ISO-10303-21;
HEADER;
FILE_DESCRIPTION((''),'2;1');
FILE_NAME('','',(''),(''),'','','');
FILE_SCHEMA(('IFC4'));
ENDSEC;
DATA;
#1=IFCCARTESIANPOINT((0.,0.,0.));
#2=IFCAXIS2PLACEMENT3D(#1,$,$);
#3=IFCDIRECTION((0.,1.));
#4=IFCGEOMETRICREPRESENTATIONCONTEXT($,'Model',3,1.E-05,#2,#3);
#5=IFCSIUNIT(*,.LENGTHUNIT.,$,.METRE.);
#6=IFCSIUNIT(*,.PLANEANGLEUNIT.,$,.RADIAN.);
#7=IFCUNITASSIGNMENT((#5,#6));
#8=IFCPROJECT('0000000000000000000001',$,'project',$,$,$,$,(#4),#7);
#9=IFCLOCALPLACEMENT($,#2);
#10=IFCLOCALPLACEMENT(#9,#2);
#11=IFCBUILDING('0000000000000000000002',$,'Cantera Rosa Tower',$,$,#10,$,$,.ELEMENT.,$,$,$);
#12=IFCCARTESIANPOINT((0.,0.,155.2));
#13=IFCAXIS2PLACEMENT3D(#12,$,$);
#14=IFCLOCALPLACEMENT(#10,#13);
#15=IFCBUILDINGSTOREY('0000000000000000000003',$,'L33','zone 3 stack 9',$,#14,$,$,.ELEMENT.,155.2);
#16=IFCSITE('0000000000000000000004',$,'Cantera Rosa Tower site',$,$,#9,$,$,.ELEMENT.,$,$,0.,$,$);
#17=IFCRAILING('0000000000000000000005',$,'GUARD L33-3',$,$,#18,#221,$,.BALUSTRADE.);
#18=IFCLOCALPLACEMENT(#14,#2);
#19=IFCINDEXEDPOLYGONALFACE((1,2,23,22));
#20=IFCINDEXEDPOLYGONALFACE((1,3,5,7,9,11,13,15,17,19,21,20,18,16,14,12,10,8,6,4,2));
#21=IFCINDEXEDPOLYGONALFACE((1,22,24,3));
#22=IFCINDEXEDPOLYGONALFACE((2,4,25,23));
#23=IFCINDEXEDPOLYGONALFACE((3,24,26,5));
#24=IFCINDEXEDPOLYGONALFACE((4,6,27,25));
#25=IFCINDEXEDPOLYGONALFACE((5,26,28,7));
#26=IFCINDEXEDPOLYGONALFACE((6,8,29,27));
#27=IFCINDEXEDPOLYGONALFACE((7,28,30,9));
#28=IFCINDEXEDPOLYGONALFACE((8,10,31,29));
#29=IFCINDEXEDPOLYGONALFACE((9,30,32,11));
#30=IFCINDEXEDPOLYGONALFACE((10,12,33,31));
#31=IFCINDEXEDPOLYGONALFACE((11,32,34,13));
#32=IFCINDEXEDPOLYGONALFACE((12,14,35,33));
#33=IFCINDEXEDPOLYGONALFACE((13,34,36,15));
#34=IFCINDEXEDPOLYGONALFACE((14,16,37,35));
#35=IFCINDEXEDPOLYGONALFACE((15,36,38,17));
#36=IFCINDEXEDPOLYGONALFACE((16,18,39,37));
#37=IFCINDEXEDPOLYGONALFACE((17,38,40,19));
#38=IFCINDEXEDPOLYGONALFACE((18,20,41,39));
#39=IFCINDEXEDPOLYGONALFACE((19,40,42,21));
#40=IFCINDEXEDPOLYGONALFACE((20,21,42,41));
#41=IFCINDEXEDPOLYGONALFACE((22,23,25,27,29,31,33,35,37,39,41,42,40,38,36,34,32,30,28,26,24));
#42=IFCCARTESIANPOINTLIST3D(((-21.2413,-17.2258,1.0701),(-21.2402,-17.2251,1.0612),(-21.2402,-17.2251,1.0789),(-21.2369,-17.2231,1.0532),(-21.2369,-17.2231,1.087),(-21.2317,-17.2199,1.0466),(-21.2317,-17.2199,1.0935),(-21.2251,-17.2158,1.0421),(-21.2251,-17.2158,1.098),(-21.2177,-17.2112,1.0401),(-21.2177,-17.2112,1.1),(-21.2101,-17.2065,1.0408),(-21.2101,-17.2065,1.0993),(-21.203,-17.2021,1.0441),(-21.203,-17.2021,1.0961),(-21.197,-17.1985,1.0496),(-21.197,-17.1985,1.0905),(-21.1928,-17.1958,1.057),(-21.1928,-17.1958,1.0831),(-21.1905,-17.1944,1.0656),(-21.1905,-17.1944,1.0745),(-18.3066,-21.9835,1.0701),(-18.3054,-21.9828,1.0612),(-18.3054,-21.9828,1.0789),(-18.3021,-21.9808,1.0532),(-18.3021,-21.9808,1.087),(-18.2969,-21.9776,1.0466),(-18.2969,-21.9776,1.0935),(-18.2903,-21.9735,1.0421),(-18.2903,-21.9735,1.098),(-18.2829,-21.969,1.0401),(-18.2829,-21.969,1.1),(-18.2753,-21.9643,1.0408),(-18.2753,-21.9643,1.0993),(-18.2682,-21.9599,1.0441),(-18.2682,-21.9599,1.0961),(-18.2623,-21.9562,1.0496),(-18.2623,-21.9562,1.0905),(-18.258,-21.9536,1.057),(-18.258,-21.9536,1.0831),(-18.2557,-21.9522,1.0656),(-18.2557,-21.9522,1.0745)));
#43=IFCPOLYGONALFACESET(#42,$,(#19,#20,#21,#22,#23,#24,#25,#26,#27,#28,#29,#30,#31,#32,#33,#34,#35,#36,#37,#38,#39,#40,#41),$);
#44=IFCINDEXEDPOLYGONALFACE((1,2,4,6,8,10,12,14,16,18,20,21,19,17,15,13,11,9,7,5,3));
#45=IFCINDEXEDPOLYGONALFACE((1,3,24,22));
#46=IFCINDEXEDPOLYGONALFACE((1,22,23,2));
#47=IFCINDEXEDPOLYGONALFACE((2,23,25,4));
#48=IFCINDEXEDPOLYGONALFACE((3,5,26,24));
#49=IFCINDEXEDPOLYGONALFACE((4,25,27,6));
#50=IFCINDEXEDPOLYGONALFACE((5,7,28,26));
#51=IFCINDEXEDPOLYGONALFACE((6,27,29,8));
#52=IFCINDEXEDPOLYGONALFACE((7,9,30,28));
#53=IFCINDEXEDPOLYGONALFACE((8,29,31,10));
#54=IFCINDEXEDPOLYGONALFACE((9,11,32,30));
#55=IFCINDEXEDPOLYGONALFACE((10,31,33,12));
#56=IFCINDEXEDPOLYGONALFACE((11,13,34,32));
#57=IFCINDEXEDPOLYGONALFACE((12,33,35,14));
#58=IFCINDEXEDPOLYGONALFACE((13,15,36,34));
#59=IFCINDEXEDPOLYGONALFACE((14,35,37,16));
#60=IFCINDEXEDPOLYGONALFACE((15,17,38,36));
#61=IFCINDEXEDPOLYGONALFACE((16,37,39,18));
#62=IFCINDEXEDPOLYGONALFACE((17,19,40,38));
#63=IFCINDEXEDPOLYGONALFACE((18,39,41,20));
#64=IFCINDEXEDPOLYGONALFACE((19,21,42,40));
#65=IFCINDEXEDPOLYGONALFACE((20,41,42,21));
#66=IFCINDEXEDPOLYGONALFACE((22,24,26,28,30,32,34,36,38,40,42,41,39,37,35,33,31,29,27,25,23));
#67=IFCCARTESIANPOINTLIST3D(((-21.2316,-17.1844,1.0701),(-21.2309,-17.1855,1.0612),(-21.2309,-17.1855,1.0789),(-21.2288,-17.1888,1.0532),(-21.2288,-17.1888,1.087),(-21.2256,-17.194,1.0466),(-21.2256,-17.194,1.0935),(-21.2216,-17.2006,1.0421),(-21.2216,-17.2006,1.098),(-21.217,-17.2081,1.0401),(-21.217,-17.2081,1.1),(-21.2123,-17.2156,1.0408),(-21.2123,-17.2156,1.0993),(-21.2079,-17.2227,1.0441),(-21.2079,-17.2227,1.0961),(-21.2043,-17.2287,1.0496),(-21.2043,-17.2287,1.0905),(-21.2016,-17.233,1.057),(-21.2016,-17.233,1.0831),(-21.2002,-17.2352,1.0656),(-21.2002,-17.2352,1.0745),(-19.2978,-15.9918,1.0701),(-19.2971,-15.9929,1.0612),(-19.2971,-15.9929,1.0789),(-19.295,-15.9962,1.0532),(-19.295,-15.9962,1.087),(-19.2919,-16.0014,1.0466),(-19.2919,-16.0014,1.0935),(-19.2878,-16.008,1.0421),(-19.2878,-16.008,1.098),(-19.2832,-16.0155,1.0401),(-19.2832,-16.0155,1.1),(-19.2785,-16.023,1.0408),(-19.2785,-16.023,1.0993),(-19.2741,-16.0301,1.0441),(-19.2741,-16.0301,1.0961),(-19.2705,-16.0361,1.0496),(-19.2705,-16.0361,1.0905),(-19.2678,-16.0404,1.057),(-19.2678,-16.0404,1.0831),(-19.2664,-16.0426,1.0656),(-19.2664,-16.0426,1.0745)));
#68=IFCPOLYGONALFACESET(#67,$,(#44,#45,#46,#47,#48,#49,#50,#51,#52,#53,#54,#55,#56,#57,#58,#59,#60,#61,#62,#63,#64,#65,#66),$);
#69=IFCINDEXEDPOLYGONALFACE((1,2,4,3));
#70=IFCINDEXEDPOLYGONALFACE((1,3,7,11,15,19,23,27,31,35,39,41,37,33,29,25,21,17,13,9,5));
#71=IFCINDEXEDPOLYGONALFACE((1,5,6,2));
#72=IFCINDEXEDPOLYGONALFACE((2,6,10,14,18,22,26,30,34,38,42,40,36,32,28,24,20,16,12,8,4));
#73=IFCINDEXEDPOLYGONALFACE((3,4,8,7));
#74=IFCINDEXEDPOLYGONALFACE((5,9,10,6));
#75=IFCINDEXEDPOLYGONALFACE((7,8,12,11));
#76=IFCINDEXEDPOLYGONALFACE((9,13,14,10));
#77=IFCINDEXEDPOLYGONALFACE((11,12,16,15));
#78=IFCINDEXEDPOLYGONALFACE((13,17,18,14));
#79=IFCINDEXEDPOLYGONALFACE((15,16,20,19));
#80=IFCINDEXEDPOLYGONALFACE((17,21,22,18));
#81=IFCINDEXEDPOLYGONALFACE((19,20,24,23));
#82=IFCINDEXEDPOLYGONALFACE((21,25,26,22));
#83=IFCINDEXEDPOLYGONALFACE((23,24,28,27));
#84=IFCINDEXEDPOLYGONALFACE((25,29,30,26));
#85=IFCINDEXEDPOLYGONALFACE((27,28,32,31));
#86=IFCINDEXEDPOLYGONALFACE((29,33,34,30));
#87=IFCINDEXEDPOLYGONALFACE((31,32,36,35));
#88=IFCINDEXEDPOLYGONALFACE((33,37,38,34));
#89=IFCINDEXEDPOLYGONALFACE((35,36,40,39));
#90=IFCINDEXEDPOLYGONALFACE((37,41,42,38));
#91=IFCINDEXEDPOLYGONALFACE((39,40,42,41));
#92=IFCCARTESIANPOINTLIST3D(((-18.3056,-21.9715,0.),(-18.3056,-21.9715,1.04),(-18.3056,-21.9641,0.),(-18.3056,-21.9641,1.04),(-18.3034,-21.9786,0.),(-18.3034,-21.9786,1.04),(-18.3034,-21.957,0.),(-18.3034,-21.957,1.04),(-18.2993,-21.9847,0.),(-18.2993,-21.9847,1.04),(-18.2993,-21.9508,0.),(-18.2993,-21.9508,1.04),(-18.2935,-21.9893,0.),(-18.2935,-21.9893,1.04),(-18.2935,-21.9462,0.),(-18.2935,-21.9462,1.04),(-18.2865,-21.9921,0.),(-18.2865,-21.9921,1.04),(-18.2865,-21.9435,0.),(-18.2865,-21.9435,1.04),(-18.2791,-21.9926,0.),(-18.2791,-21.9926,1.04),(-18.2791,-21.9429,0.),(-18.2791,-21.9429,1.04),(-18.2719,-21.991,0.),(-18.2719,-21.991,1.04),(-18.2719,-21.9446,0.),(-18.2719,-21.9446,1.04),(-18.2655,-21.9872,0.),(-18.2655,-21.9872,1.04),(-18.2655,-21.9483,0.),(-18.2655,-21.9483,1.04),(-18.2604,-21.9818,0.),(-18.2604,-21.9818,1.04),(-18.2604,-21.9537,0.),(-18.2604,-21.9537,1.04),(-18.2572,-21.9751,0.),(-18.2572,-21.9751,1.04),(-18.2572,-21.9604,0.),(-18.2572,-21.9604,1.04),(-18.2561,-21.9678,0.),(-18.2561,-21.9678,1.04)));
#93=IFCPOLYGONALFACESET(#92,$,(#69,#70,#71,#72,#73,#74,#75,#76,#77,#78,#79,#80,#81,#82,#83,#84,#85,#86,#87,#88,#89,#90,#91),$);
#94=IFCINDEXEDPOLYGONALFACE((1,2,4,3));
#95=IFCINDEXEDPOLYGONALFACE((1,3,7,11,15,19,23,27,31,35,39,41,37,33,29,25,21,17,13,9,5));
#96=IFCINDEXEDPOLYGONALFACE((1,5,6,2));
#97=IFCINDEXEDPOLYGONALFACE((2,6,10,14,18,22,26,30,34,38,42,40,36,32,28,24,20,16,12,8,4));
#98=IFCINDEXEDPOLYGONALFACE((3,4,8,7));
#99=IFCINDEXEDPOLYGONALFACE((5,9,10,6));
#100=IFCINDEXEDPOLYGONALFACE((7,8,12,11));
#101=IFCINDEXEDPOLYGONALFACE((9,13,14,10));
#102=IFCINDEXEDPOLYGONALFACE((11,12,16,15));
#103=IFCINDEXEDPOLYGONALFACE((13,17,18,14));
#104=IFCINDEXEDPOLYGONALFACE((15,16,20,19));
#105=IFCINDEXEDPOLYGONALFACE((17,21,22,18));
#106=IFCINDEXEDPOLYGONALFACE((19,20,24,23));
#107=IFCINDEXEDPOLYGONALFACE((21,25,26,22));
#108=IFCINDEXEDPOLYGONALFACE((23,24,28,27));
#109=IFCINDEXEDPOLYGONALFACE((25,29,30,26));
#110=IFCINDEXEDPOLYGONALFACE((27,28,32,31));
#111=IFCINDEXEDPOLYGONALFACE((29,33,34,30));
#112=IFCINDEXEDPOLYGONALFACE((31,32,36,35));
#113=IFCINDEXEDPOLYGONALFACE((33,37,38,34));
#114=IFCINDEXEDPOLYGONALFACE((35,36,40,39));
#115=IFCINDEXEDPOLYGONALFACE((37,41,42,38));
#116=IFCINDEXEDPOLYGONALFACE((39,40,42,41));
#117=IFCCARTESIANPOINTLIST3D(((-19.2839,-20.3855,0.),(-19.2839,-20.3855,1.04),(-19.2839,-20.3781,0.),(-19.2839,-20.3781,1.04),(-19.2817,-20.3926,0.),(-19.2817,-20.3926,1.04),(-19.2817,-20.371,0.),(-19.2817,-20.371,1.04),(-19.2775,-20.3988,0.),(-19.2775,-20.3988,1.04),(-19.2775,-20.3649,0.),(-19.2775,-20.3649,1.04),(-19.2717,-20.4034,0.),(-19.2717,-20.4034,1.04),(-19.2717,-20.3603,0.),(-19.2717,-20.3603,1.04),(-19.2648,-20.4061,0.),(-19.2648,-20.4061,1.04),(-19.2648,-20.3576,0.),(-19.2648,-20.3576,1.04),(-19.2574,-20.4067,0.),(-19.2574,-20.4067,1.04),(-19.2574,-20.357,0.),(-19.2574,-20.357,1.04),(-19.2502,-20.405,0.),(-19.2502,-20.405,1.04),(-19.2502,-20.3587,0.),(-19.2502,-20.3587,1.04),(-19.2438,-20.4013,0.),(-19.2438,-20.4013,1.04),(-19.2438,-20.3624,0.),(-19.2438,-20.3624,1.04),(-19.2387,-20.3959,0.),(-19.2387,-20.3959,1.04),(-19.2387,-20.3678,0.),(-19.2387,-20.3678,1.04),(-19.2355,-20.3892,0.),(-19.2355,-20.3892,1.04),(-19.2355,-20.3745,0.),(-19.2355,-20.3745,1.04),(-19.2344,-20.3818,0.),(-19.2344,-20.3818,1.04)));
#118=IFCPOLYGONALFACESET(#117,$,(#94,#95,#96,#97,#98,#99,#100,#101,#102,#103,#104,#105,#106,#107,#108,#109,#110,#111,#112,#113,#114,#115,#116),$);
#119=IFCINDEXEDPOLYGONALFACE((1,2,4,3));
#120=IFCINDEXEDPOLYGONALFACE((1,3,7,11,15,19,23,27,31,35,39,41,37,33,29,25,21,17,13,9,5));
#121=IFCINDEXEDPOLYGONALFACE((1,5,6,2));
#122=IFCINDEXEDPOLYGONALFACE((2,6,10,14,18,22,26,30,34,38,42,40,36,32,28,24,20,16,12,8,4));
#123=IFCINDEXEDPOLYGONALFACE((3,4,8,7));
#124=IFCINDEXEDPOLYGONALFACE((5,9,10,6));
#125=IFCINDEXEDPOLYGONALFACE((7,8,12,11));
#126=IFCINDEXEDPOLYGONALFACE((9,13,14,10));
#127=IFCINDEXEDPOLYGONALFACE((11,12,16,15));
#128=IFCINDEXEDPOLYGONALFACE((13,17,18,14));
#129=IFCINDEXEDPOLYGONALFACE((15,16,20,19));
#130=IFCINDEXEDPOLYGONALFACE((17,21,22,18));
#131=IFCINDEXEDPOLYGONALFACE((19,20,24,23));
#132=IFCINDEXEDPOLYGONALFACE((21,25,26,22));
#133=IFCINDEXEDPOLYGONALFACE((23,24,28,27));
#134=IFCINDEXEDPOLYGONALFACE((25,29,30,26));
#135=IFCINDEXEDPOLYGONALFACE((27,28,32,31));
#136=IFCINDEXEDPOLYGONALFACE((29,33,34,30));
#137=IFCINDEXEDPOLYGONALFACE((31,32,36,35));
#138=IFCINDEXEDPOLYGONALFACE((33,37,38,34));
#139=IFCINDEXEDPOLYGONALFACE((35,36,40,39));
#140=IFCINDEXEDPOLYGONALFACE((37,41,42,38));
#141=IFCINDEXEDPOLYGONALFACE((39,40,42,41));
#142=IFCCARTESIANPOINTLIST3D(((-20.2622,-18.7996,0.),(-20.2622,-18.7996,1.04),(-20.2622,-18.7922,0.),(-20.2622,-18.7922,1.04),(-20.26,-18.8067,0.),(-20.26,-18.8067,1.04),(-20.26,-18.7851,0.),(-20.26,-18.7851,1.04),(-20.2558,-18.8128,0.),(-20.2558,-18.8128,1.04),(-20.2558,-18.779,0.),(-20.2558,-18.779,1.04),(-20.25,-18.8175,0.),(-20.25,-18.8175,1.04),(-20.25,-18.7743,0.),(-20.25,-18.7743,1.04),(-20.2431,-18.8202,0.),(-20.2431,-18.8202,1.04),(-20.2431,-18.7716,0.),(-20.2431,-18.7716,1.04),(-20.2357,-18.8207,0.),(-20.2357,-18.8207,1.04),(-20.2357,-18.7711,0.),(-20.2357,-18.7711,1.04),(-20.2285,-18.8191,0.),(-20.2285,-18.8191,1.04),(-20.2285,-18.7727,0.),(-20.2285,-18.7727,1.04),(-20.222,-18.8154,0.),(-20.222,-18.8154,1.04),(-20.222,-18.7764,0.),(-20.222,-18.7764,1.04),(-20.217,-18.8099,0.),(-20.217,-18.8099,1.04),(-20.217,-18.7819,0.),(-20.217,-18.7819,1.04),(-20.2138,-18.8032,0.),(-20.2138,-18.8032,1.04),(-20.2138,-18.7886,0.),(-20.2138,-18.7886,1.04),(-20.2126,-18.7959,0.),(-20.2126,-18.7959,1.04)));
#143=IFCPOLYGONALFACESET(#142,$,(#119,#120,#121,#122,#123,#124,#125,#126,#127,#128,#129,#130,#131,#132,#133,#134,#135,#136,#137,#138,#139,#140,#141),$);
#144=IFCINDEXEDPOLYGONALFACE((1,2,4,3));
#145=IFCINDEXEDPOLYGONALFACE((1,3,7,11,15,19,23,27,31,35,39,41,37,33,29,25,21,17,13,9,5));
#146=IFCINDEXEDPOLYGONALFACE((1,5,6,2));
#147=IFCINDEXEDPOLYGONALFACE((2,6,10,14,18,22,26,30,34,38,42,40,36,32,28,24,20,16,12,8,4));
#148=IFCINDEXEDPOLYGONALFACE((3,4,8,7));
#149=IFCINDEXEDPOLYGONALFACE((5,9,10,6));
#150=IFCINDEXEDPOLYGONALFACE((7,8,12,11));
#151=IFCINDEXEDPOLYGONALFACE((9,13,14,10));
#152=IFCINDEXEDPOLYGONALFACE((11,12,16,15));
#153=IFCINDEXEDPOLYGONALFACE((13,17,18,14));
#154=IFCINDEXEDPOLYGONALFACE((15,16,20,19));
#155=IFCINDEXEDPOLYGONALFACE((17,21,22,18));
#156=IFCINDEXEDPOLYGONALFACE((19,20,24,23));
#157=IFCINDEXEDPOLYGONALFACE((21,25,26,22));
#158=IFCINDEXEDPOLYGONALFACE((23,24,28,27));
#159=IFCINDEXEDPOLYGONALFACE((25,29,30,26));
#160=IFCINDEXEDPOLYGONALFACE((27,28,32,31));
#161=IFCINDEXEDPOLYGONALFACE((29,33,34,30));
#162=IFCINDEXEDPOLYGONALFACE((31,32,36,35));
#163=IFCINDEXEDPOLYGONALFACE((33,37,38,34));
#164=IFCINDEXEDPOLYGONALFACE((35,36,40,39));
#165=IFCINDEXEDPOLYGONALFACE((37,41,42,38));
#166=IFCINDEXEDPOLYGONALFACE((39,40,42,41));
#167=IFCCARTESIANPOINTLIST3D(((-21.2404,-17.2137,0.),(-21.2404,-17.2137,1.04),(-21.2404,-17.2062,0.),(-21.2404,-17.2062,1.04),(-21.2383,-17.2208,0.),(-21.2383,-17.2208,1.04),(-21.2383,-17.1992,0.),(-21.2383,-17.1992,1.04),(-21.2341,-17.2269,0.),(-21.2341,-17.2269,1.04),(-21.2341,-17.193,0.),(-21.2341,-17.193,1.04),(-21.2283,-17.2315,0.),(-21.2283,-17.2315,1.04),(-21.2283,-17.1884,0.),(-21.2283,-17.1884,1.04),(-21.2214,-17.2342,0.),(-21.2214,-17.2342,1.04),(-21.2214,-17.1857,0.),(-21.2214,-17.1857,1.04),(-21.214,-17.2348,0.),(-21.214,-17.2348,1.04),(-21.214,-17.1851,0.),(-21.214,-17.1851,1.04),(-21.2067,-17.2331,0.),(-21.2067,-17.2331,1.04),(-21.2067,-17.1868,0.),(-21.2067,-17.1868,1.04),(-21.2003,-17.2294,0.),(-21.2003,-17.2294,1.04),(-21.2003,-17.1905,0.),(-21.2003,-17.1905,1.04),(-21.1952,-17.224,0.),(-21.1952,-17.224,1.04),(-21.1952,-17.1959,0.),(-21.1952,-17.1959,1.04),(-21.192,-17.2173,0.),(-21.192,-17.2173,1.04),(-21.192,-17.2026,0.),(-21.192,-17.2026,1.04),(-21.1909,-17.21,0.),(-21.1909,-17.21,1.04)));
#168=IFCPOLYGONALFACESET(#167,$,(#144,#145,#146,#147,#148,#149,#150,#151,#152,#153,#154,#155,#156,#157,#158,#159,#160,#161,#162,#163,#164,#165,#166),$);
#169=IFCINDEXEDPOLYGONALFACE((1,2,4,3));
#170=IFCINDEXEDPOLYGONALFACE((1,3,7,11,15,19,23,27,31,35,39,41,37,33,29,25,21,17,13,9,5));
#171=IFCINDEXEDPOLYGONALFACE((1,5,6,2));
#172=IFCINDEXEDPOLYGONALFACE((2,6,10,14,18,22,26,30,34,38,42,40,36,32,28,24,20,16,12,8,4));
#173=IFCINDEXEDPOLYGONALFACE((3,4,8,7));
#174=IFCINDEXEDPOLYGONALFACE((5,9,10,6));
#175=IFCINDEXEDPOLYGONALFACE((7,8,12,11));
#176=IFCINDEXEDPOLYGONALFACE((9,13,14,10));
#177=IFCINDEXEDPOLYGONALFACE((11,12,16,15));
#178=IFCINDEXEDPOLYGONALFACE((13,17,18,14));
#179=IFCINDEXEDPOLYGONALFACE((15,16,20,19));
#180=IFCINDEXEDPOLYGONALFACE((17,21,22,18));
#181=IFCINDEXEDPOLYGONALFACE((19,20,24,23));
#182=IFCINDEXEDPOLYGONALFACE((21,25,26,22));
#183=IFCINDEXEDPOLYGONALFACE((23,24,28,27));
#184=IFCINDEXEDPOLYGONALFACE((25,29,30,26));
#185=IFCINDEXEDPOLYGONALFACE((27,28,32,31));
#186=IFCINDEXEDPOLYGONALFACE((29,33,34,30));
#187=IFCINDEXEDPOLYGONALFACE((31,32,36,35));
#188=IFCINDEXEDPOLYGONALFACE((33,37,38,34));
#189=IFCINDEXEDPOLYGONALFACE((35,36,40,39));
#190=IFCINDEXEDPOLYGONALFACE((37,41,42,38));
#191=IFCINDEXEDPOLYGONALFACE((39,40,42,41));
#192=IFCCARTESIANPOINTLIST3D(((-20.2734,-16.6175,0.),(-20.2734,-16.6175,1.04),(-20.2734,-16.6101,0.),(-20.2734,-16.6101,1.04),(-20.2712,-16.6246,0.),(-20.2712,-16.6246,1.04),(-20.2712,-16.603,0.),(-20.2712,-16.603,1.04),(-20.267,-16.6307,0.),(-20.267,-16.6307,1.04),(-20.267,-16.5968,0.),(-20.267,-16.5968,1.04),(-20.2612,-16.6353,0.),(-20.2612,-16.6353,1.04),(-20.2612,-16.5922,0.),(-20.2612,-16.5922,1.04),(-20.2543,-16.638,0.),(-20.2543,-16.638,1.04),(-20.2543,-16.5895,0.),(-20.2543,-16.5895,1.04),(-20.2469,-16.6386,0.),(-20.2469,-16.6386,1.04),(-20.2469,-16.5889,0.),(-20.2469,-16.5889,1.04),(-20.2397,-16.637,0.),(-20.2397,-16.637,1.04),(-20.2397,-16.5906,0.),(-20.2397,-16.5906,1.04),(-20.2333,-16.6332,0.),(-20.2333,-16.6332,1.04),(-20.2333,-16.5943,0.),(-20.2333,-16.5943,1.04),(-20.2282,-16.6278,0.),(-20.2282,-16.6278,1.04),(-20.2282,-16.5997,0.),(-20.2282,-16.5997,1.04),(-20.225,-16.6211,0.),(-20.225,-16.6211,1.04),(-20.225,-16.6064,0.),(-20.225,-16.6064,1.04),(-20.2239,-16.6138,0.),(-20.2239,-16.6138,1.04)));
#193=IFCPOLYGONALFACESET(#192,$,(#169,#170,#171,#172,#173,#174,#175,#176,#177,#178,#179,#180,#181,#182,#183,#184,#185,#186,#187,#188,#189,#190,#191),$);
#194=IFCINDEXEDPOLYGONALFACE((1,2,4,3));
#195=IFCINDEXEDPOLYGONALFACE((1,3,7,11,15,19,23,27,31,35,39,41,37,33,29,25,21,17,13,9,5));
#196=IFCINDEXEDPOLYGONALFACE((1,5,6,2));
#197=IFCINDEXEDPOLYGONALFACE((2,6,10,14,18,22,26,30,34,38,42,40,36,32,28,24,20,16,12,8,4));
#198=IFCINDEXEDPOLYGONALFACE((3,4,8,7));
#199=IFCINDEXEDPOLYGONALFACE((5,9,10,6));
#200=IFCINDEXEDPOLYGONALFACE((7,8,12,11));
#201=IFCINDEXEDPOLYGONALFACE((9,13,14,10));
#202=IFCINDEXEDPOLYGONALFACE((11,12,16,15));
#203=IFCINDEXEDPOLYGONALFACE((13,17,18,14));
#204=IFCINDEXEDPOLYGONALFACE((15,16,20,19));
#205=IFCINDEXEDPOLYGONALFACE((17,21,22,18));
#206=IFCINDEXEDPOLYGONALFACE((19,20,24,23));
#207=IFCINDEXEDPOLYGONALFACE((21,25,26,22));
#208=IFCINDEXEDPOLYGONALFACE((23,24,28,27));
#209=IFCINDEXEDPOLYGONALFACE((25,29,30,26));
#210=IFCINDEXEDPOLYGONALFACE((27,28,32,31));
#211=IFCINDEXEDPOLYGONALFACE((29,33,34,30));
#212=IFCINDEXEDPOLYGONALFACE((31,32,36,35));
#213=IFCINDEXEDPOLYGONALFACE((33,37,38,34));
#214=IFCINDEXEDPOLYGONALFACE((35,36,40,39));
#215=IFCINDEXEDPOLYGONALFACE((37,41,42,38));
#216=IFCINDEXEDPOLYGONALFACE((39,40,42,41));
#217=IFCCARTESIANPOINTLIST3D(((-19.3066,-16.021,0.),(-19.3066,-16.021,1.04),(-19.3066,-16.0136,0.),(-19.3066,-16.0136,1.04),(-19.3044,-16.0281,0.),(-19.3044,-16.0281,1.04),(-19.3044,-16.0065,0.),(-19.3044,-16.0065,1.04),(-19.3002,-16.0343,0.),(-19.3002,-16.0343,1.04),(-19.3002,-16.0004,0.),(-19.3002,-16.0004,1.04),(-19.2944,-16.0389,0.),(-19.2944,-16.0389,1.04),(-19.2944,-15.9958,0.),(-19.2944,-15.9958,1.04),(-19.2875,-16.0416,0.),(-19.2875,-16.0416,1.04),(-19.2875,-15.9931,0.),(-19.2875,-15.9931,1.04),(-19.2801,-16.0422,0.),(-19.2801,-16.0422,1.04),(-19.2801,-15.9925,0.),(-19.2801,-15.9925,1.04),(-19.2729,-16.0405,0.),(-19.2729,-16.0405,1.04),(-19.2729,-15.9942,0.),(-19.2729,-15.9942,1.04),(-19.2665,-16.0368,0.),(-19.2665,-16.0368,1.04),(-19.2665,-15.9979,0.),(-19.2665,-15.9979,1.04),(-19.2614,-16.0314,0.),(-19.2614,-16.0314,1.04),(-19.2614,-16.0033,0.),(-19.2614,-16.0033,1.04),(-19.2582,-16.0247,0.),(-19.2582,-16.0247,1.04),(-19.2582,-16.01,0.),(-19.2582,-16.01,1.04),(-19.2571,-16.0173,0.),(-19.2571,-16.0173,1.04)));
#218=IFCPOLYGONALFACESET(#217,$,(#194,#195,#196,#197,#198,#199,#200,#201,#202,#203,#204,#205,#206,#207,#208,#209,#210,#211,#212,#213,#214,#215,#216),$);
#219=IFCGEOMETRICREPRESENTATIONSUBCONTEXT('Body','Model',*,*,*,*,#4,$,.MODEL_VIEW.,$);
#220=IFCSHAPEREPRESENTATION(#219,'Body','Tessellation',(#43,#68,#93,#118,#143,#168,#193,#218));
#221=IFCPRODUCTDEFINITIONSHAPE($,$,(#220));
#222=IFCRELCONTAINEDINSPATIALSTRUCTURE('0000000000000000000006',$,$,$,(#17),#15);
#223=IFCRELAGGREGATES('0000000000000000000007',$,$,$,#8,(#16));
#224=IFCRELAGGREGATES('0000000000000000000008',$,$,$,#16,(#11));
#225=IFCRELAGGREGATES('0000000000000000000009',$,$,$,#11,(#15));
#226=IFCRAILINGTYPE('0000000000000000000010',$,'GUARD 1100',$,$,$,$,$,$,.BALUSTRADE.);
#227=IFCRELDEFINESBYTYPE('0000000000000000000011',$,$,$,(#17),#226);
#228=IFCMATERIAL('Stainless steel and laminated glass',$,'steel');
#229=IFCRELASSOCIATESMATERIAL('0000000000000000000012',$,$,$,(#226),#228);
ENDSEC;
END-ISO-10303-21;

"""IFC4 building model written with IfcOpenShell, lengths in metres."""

from ifc_helpers import new_model, si_unit, direction, frame, origin, origin_2d, place, context, subcontext, project, spatial, circle, extrude, material, type_object, element, save


model = new_model("IFC4")

# Units and contexts
model_context = context("Model", 3, precision=1e-05, world=origin(), true_north=direction((0.0, 1.0)))
body_context = subcontext(model_context, "Body", "Model", "MODEL_VIEW")
ifc_project = project(units=[si_unit("LENGTHUNIT", "METRE"), si_unit("PLANEANGLEUNIT", "RADIAN")], contexts=[model_context])

# Site, building, storey
site_placement = place(None, origin())
site = spatial("IfcSite", under=ifc_project, at=site_placement, Name="Cantera Rosa Tower site", CompositionType="ELEMENT", RefElevation=0.0)
building_placement = place(site_placement, origin())
building = spatial("IfcBuilding", under=site, at=building_placement, Name="Cantera Rosa Tower", CompositionType="ELEMENT")
storey_placement = place(building_placement, frame((0.0, 0.0, 155.2)))
storey = spatial("IfcBuildingStorey", under=building, at=storey_placement, Name="L33", Description="zone 3 stack 9", CompositionType="ELEMENT", Elevation=155.2)

# Railing
ifc_material_1 = material(Name="Stainless steel and laminated glass", Category="steel")
railing_type = type_object("IfcRailingType", Name="GUARD 1100", PredefinedType="BALUSTRADE", material=ifc_material_1)
railing_1_placement = place(storey_placement, frame((-18.281, -21.9678, 0.0)))
element("IfcRailing", 1, at=railing_1_placement, inside=storey, type_object=railing_type, Name="GUARD L33-3", PredefinedType="BALUSTRADE", context=body_context, shape_type="SweptSolid", body=[
    extrude(circle(Radius=0.03, at=origin_2d()), frame((0.0, 0.0, 1.0701), z_axis=(-0.524996, 0.851105, 0.0), x_axis=(-0.851105, -0.524996, 0.0)), (0.0, 0.0, 1.0), 5.5901),
    extrude(circle(Radius=0.03, at=origin_2d()), frame((-2.9348, 4.7578, 1.0701), z_axis=(0.851152, 0.524919, 0.0), x_axis=(-0.524919, 0.851152, 0.0)), (0.0, 0.0, 1.0), 2.272),
    extrude(circle(Radius=0.0249, at=origin_2d()), origin(), (0.0, 0.0, 1.0), 1.04),
    extrude(circle(Radius=0.0249, at=origin_2d()), frame((-0.9783, 1.5859, 0.0)), (0.0, 0.0, 1.0), 1.04),
    extrude(circle(Radius=0.0249, at=origin_2d()), frame((-1.9565, 3.1719, 0.0)), (0.0, 0.0, 1.0), 1.04),
    extrude(circle(Radius=0.0249, at=origin_2d()), frame((-2.9348, 4.7578, 0.0)), (0.0, 0.0, 1.0), 1.04),
    extrude(circle(Radius=0.0249, at=origin_2d()), frame((-1.9678, 5.354, 0.0)), (0.0, 0.0, 1.0), 1.04),
    extrude(circle(Radius=0.0249, at=origin_2d()), frame((-1.001, 5.9504, 0.0)), (0.0, 0.0, 1.0), 1.04),
])

save(model, "model.ifc")
